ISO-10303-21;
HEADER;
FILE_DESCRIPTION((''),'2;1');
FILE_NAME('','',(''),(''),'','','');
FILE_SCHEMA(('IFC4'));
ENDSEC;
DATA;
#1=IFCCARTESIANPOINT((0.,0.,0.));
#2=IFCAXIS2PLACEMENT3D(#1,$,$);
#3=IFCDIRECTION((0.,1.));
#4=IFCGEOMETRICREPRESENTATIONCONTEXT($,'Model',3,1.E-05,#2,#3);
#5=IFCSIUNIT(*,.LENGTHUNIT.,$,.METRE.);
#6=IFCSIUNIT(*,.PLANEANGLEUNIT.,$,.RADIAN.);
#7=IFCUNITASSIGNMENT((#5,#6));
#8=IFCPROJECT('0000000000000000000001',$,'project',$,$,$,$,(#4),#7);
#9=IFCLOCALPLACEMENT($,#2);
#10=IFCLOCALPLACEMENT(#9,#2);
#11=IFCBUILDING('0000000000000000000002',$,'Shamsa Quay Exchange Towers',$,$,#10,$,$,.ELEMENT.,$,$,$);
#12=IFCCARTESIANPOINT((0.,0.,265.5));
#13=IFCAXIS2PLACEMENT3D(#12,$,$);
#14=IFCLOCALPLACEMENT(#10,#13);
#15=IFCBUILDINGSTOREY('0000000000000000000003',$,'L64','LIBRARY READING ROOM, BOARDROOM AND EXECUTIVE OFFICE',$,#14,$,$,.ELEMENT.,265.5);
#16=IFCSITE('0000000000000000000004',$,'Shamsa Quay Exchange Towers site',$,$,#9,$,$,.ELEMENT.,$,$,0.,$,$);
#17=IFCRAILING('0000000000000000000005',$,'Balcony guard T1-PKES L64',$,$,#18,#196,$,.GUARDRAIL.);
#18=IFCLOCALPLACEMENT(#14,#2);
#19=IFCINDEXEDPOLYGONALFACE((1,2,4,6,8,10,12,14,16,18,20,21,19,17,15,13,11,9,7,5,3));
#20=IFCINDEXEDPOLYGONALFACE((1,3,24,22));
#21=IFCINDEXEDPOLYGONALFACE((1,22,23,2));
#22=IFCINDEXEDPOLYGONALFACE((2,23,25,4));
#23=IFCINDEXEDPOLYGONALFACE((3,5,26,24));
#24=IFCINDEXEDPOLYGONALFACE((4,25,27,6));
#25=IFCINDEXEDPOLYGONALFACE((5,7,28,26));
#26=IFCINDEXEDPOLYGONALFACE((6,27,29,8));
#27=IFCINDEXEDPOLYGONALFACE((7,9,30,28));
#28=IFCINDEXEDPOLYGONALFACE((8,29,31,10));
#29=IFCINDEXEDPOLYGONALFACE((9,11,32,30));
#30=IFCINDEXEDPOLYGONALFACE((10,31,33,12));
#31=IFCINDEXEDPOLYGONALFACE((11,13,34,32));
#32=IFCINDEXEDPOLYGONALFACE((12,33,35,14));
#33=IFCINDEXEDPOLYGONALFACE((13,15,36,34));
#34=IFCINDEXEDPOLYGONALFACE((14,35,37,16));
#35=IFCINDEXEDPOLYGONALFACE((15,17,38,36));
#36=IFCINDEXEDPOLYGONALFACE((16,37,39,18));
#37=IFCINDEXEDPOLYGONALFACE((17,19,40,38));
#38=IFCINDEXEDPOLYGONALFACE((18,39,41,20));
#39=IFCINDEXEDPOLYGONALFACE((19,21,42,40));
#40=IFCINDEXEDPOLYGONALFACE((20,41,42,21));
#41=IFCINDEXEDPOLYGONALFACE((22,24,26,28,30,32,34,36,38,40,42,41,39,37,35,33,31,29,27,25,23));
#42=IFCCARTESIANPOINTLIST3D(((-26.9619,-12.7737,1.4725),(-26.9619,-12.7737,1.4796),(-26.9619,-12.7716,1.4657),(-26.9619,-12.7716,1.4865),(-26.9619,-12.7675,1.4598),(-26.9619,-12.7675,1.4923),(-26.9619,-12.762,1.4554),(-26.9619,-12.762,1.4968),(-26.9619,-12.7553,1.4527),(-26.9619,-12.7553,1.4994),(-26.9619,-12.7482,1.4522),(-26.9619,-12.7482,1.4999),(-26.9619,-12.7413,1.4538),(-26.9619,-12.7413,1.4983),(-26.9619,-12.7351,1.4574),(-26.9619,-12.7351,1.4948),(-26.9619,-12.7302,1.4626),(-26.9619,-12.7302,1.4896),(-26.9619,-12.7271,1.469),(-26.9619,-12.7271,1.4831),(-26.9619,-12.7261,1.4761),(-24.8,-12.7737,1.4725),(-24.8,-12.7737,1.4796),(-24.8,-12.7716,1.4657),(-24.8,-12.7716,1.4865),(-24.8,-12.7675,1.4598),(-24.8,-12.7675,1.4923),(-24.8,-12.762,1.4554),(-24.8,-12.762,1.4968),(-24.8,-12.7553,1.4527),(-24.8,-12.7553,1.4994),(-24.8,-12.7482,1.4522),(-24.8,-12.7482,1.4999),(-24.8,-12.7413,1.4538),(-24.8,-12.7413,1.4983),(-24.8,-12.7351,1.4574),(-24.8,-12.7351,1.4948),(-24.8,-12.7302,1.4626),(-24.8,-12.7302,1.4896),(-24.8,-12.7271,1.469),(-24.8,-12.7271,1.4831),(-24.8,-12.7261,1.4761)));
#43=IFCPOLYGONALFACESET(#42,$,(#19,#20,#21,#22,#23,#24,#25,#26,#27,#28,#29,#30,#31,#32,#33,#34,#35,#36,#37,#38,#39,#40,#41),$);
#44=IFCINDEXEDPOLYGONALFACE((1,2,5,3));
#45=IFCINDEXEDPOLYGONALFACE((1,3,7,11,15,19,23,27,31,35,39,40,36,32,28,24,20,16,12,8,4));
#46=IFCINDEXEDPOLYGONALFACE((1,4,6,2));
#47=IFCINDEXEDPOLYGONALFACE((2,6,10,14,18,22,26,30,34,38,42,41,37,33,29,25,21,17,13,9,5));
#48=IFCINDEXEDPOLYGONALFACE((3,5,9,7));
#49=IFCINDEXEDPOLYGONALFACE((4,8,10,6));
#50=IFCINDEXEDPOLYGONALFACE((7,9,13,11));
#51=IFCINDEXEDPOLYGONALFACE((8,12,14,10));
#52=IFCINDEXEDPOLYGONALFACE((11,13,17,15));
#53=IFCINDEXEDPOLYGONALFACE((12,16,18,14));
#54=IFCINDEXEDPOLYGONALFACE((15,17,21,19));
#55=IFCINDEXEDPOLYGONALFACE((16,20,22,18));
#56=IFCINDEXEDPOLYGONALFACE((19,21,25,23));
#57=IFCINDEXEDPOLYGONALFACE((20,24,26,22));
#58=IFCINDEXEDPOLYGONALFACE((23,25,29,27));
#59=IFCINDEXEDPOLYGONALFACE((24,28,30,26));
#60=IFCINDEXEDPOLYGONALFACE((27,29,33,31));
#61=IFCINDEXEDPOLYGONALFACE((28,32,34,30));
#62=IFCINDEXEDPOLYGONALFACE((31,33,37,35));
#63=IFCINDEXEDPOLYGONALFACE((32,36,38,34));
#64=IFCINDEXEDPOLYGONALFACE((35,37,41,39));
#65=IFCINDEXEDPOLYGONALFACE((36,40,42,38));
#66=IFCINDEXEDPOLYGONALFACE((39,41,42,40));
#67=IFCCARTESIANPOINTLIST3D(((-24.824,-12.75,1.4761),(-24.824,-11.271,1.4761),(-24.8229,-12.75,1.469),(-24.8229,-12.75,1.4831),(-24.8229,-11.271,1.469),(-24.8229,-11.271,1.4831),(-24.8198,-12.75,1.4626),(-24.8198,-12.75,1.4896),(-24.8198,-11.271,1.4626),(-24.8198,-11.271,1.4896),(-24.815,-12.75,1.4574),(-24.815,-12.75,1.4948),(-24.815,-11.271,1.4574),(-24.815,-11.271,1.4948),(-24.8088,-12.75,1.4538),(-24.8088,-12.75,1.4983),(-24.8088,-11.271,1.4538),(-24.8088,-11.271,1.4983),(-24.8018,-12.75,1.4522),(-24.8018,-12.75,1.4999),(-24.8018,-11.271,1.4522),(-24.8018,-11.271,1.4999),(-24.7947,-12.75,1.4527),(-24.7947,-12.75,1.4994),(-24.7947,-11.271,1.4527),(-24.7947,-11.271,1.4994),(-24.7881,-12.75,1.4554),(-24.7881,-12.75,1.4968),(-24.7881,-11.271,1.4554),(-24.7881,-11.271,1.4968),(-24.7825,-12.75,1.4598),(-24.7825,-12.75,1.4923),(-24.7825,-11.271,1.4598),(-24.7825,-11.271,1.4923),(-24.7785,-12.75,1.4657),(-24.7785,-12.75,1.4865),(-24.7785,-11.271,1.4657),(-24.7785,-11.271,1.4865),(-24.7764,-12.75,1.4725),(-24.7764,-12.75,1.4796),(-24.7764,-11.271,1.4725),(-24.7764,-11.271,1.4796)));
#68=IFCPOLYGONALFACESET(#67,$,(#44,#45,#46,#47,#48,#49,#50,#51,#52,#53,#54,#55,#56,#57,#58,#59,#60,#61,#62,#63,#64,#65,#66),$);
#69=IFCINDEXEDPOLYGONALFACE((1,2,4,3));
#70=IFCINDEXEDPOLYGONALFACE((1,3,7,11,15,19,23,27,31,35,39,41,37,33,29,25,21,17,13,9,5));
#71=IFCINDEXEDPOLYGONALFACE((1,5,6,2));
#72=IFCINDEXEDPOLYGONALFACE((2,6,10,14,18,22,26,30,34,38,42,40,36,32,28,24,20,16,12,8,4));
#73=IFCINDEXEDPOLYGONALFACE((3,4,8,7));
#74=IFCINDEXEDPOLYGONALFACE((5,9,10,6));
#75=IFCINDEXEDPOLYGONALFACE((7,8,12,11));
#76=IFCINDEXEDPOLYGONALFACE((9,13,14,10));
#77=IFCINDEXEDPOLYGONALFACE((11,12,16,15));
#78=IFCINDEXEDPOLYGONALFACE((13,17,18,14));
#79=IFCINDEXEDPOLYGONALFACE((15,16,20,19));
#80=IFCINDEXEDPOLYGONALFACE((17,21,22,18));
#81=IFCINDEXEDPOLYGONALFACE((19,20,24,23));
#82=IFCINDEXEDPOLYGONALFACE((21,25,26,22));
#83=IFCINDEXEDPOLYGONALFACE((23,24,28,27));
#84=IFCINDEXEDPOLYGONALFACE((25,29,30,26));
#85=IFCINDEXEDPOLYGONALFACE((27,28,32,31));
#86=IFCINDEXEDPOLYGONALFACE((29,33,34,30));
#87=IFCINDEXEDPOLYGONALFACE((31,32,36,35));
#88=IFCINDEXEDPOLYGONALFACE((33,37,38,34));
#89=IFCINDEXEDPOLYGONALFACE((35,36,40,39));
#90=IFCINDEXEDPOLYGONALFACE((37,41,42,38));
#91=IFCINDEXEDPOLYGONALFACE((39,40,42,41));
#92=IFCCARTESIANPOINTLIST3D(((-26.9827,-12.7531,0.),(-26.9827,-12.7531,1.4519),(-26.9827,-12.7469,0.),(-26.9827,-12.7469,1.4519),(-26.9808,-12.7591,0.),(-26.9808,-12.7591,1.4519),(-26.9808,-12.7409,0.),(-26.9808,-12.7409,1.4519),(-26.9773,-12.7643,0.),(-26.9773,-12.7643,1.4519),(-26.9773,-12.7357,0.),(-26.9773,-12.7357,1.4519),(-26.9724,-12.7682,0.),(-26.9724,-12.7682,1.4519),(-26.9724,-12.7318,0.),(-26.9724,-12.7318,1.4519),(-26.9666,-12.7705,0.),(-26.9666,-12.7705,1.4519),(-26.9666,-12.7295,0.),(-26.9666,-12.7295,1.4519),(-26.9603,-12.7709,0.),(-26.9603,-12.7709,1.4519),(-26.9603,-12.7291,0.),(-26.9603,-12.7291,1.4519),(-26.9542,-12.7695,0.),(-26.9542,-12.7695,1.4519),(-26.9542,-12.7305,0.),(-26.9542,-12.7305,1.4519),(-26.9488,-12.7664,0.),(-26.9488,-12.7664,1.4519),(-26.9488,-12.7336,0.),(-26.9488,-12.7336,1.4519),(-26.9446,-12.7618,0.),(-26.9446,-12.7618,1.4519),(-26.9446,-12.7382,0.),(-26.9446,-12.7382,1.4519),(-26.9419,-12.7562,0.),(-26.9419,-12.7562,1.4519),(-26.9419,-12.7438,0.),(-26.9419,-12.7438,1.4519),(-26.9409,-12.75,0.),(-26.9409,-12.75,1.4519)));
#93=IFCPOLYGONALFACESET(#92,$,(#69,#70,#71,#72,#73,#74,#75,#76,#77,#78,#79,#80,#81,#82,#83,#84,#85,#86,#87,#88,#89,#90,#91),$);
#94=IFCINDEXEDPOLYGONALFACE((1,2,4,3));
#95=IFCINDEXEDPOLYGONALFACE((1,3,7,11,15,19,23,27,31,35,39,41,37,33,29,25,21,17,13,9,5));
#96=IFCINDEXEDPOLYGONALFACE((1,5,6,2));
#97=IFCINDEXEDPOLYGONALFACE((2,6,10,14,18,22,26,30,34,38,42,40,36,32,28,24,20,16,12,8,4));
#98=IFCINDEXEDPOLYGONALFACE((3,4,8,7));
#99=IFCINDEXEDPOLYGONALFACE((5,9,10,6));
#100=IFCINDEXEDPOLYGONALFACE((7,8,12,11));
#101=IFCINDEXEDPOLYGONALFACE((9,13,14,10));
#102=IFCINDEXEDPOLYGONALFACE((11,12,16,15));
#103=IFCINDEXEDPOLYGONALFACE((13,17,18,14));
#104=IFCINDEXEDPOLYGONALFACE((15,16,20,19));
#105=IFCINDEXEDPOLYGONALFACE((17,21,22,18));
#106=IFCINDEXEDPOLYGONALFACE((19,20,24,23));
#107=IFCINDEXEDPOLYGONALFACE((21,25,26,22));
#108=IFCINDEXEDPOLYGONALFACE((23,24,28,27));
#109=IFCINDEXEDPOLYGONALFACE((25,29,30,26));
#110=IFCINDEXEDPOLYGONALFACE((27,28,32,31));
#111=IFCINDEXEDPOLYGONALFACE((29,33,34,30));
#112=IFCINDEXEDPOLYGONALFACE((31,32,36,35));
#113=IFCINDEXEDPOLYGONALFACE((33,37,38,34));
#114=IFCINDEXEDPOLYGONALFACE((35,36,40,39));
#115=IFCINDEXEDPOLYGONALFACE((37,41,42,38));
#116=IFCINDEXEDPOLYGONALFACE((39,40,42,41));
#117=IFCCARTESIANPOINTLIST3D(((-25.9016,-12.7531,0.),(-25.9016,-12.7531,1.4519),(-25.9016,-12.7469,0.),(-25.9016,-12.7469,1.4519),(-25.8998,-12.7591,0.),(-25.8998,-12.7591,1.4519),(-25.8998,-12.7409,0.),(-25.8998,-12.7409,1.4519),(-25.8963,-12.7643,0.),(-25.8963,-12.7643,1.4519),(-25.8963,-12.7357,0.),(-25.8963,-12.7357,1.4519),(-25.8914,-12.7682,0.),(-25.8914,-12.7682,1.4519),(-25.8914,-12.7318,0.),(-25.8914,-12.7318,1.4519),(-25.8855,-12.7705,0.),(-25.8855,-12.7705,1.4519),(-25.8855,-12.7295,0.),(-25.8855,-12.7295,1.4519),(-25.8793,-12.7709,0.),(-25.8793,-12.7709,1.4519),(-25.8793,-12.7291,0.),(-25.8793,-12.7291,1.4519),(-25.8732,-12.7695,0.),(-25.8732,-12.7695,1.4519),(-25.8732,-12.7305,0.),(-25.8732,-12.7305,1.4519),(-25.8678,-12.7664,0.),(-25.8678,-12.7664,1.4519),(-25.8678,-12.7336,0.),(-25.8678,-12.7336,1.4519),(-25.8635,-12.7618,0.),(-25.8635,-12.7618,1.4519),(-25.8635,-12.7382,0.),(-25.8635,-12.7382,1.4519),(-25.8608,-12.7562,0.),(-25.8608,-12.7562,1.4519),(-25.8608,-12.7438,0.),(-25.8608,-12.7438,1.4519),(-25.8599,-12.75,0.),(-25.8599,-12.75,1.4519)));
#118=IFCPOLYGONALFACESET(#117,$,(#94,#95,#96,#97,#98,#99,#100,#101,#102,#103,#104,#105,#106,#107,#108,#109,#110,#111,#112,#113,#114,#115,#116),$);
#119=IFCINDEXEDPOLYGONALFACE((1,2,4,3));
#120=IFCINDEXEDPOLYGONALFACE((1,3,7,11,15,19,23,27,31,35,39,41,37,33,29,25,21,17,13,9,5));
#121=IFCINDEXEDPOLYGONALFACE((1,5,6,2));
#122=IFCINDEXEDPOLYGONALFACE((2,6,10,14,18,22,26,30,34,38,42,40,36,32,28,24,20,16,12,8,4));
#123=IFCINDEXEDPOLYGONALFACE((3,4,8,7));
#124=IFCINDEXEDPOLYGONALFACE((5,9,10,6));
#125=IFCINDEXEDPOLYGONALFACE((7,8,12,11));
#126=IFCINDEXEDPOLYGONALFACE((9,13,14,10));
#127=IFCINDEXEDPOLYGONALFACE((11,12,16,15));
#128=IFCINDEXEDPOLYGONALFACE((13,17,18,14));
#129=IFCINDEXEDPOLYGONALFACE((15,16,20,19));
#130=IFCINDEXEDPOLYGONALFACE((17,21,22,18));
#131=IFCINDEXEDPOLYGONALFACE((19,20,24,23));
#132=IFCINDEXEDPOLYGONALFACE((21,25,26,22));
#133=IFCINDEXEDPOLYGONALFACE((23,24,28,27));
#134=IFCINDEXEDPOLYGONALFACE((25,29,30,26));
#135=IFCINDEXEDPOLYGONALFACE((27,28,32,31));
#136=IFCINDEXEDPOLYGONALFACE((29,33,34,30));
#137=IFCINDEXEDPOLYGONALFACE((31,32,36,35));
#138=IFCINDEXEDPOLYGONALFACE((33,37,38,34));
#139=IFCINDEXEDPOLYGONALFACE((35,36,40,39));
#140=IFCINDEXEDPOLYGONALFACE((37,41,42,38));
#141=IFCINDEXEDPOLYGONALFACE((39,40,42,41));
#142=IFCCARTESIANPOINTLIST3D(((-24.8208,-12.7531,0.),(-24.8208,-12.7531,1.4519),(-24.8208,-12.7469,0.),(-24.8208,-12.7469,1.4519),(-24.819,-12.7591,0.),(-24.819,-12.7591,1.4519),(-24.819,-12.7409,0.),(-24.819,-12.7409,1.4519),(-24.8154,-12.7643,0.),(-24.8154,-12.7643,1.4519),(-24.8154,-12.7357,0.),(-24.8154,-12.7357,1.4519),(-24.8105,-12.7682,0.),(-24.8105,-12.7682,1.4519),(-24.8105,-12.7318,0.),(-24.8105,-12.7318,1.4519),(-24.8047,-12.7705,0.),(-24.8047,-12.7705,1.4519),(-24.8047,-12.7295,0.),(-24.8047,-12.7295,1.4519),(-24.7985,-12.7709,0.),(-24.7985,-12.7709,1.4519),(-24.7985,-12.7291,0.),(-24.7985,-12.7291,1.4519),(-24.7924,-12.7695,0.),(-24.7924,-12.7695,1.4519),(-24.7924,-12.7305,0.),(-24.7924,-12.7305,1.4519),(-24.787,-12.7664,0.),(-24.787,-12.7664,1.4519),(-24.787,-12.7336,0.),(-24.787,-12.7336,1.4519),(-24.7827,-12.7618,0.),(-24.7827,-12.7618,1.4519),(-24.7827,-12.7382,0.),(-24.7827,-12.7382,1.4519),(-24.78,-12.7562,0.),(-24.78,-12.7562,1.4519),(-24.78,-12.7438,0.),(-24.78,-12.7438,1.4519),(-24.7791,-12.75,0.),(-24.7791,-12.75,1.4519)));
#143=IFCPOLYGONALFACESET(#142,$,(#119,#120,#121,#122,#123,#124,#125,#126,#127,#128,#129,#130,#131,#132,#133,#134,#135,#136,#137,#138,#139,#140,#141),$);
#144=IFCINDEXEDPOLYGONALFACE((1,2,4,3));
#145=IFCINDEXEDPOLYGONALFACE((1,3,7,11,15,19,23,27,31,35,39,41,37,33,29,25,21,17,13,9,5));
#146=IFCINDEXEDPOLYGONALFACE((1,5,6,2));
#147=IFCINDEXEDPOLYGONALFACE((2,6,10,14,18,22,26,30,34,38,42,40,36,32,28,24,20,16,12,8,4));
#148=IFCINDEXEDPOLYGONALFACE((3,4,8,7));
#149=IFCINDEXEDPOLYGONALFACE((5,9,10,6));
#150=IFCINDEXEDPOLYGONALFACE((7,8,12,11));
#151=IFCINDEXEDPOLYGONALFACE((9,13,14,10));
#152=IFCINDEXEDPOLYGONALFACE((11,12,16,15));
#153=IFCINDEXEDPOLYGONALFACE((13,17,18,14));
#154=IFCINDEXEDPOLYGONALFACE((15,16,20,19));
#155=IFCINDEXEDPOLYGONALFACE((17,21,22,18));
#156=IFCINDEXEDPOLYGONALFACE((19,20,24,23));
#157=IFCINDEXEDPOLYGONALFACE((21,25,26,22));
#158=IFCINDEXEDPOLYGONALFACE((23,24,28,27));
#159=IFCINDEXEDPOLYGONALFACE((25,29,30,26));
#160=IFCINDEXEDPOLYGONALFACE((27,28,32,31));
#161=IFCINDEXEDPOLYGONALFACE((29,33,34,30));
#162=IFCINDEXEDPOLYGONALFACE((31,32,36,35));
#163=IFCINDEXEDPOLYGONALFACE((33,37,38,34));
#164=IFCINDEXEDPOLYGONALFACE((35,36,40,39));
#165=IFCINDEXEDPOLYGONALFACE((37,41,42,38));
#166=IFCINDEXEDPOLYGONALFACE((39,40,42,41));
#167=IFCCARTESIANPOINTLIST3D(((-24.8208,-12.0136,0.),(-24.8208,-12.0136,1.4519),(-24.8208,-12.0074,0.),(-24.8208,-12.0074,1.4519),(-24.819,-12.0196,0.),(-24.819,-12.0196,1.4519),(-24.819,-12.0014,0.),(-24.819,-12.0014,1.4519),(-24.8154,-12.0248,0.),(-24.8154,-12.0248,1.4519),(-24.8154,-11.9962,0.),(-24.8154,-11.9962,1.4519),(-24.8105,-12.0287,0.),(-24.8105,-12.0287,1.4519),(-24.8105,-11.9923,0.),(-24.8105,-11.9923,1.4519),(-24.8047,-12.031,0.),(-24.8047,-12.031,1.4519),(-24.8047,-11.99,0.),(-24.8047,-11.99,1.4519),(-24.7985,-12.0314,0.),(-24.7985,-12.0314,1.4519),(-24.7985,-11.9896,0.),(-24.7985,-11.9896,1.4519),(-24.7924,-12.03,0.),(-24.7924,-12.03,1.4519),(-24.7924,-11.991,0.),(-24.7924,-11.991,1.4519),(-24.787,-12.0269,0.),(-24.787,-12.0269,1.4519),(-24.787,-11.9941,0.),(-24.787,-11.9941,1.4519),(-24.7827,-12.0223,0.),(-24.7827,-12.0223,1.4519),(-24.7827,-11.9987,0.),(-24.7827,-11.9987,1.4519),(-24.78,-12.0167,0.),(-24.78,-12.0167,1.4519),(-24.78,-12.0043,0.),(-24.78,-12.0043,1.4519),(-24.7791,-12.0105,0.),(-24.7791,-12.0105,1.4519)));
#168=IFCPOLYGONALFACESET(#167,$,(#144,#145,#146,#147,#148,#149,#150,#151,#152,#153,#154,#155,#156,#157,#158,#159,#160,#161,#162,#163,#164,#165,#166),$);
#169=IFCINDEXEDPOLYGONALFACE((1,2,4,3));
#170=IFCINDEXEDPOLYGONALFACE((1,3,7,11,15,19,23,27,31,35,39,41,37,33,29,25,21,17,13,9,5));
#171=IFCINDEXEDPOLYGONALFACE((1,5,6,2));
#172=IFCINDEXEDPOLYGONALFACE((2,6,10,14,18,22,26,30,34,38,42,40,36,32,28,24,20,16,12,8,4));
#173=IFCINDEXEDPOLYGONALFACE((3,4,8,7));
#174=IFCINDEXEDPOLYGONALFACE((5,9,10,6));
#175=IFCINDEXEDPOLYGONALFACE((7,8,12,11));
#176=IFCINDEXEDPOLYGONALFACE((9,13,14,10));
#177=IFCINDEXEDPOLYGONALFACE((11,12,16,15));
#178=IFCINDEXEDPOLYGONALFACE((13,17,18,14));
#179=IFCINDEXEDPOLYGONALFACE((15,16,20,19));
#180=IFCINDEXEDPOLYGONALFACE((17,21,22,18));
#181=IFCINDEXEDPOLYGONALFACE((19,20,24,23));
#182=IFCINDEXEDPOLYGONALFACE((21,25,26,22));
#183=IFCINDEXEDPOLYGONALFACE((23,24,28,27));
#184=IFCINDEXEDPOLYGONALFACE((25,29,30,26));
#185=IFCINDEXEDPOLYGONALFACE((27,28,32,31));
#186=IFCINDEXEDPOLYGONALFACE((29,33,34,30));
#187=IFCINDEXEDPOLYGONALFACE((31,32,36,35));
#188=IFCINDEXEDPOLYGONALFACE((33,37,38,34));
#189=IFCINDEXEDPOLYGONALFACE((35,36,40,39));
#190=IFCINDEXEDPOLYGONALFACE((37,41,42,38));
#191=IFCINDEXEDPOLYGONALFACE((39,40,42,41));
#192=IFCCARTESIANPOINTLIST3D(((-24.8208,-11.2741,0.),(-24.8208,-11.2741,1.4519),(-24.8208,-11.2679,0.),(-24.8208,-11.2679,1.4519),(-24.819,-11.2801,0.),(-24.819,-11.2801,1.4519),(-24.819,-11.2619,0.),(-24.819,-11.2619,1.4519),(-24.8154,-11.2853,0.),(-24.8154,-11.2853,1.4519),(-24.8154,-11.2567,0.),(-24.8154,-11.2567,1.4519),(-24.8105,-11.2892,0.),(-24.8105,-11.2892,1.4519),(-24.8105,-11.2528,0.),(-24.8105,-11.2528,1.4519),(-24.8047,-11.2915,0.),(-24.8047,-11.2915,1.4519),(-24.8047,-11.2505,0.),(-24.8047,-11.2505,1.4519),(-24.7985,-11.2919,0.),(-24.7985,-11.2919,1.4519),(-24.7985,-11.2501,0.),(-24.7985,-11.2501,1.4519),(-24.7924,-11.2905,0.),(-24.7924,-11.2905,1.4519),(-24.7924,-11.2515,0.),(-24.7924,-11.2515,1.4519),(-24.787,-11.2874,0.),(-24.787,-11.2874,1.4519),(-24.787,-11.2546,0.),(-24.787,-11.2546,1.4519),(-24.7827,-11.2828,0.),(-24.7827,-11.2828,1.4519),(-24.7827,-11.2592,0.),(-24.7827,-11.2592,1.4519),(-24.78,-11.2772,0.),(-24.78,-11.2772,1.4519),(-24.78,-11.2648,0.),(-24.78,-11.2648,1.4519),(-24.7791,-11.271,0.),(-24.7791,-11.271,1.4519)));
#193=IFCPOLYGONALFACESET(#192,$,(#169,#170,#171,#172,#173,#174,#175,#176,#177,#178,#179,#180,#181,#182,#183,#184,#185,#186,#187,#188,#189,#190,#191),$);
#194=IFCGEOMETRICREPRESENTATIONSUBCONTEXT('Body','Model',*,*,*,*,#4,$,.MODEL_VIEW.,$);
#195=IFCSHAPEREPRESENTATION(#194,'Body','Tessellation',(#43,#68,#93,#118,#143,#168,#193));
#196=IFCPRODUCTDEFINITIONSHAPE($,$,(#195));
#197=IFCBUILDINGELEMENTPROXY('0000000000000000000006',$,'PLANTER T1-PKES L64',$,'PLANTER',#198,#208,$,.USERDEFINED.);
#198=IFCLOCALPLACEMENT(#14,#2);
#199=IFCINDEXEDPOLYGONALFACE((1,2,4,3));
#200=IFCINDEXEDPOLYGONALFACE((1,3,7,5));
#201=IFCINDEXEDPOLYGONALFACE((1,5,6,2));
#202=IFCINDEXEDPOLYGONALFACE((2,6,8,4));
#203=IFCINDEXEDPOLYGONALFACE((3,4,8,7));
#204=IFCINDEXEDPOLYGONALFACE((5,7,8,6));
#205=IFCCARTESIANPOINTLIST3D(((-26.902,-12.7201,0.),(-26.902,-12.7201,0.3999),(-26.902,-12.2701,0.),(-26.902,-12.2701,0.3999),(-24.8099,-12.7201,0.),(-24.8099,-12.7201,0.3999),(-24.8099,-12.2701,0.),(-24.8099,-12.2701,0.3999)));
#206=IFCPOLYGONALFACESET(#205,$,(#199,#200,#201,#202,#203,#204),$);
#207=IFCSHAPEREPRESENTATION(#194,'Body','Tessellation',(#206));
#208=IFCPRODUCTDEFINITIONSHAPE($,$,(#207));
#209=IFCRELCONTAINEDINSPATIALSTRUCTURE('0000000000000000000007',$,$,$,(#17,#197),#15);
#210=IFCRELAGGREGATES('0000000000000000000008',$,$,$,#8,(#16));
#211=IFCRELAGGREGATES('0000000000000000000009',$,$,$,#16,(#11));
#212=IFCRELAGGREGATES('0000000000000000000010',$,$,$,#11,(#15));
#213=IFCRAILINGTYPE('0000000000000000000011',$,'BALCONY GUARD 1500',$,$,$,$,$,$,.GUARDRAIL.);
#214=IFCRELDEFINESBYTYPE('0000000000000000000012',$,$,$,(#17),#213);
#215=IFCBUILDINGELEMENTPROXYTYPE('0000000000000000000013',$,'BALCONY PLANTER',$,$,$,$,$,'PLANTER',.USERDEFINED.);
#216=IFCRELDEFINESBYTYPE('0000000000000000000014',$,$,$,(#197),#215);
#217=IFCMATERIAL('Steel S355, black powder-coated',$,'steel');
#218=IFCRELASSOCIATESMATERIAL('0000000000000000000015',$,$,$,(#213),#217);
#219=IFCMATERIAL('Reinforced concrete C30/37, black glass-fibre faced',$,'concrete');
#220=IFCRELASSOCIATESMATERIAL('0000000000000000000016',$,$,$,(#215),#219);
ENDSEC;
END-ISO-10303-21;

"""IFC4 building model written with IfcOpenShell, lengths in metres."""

from ifc_helpers import new_model, si_unit, direction, frame, origin, origin_2d, place, context, subcontext, project, spatial, rectangle, circle, extrude, material, type_object, element, save


model = new_model("IFC4")

# Units and contexts
model_context = context("Model", 3, precision=1e-05, world=origin(), true_north=direction((0.0, 1.0)))
body_context = subcontext(model_context, "Body", "Model", "MODEL_VIEW")
ifc_project = project(units=[si_unit("LENGTHUNIT", "METRE"), si_unit("PLANEANGLEUNIT", "RADIAN")], contexts=[model_context])

# Site, building, storey
site_placement = place(None, origin())
site = spatial("IfcSite", under=ifc_project, at=site_placement, Name="Shamsa Quay Exchange Towers site", CompositionType="ELEMENT", RefElevation=0.0)
building_placement = place(site_placement, origin())
building = spatial("IfcBuilding", under=site, at=building_placement, Name="Shamsa Quay Exchange Towers", CompositionType="ELEMENT")
storey_placement = place(building_placement, frame((0.0, 0.0, 265.5)))
storey = spatial("IfcBuildingStorey", under=building, at=storey_placement, Name="L64", Description="LIBRARY READING ROOM, BOARDROOM AND EXECUTIVE OFFICE", CompositionType="ELEMENT", Elevation=265.5)

# Railing
ifc_material_1 = material(Name="Steel S355, black powder-coated", Category="steel")
railing_type_1 = type_object("IfcRailingType", Name="BALCONY GUARD 1500", PredefinedType="GUARDRAIL", material=ifc_material_1)
railing_1_placement = place(storey_placement, frame((-26.9619, -12.75, 0.0)))
element("IfcRailing", 1, at=railing_1_placement, inside=storey, type_object=railing_type_1, Name="Balcony guard T1-PKES L64", PredefinedType="GUARDRAIL", context=body_context, shape_type="SweptSolid", body=[
    extrude(circle(Radius=0.0239, at=origin_2d()), frame((0.0, 0.0, 1.4761), z_axis=(1.0, 0.0, 0.0), x_axis=(0.0, 1.0, 0.0)), (0.0, 0.0, 1.0), 2.1619),
    extrude(circle(Radius=0.0239, at=origin_2d()), frame((2.1619, 0.0, 1.4761), z_axis=(0.0, 1.0, 0.0), x_axis=(-1.0, 0.0, 0.0)), (0.0, 0.0, 1.0), 1.479),
    extrude(circle(Radius=0.021, at=origin_2d()), origin(), (0.0, 0.0, 1.0), 1.4519),
    extrude(circle(Radius=0.021, at=origin_2d()), frame((1.0811, 0.0, 0.0)), (0.0, 0.0, 1.0), 1.4519),
    extrude(circle(Radius=0.021, at=origin_2d()), frame((2.1619, 0.0, 0.0)), (0.0, 0.0, 1.0), 1.4519),
    extrude(circle(Radius=0.021, at=origin_2d()), frame((2.1619, 0.7395, 0.0)), (0.0, 0.0, 1.0), 1.4519),
    extrude(circle(Radius=0.021, at=origin_2d()), frame((2.1619, 1.479, 0.0)), (0.0, 0.0, 1.0), 1.4519),
])

# Building element proxy
ifc_material_2 = material(Name="Reinforced concrete C30/37, black glass-fibre faced", Category="concrete")
building_element_proxy_type = type_object("IfcBuildingElementProxyType", Name="BALCONY PLANTER", ElementType="PLANTER", PredefinedType="USERDEFINED", material=ifc_material_2)
proxy_placement = place(storey_placement, frame((-25.856, -12.4951, 0.0)))
element("IfcBuildingElementProxy", 2, at=proxy_placement, inside=storey, type_object=building_element_proxy_type, Name="PLANTER T1-PKES L64", ObjectType="PLANTER", PredefinedType="USERDEFINED", context=body_context, shape_type="SweptSolid", body=[
    extrude(rectangle(XDim=2.092, YDim=0.45, at=origin_2d()), origin(), (0.0, 0.0, 1.0), 0.3999),
])

save(model, "model.ifc")
